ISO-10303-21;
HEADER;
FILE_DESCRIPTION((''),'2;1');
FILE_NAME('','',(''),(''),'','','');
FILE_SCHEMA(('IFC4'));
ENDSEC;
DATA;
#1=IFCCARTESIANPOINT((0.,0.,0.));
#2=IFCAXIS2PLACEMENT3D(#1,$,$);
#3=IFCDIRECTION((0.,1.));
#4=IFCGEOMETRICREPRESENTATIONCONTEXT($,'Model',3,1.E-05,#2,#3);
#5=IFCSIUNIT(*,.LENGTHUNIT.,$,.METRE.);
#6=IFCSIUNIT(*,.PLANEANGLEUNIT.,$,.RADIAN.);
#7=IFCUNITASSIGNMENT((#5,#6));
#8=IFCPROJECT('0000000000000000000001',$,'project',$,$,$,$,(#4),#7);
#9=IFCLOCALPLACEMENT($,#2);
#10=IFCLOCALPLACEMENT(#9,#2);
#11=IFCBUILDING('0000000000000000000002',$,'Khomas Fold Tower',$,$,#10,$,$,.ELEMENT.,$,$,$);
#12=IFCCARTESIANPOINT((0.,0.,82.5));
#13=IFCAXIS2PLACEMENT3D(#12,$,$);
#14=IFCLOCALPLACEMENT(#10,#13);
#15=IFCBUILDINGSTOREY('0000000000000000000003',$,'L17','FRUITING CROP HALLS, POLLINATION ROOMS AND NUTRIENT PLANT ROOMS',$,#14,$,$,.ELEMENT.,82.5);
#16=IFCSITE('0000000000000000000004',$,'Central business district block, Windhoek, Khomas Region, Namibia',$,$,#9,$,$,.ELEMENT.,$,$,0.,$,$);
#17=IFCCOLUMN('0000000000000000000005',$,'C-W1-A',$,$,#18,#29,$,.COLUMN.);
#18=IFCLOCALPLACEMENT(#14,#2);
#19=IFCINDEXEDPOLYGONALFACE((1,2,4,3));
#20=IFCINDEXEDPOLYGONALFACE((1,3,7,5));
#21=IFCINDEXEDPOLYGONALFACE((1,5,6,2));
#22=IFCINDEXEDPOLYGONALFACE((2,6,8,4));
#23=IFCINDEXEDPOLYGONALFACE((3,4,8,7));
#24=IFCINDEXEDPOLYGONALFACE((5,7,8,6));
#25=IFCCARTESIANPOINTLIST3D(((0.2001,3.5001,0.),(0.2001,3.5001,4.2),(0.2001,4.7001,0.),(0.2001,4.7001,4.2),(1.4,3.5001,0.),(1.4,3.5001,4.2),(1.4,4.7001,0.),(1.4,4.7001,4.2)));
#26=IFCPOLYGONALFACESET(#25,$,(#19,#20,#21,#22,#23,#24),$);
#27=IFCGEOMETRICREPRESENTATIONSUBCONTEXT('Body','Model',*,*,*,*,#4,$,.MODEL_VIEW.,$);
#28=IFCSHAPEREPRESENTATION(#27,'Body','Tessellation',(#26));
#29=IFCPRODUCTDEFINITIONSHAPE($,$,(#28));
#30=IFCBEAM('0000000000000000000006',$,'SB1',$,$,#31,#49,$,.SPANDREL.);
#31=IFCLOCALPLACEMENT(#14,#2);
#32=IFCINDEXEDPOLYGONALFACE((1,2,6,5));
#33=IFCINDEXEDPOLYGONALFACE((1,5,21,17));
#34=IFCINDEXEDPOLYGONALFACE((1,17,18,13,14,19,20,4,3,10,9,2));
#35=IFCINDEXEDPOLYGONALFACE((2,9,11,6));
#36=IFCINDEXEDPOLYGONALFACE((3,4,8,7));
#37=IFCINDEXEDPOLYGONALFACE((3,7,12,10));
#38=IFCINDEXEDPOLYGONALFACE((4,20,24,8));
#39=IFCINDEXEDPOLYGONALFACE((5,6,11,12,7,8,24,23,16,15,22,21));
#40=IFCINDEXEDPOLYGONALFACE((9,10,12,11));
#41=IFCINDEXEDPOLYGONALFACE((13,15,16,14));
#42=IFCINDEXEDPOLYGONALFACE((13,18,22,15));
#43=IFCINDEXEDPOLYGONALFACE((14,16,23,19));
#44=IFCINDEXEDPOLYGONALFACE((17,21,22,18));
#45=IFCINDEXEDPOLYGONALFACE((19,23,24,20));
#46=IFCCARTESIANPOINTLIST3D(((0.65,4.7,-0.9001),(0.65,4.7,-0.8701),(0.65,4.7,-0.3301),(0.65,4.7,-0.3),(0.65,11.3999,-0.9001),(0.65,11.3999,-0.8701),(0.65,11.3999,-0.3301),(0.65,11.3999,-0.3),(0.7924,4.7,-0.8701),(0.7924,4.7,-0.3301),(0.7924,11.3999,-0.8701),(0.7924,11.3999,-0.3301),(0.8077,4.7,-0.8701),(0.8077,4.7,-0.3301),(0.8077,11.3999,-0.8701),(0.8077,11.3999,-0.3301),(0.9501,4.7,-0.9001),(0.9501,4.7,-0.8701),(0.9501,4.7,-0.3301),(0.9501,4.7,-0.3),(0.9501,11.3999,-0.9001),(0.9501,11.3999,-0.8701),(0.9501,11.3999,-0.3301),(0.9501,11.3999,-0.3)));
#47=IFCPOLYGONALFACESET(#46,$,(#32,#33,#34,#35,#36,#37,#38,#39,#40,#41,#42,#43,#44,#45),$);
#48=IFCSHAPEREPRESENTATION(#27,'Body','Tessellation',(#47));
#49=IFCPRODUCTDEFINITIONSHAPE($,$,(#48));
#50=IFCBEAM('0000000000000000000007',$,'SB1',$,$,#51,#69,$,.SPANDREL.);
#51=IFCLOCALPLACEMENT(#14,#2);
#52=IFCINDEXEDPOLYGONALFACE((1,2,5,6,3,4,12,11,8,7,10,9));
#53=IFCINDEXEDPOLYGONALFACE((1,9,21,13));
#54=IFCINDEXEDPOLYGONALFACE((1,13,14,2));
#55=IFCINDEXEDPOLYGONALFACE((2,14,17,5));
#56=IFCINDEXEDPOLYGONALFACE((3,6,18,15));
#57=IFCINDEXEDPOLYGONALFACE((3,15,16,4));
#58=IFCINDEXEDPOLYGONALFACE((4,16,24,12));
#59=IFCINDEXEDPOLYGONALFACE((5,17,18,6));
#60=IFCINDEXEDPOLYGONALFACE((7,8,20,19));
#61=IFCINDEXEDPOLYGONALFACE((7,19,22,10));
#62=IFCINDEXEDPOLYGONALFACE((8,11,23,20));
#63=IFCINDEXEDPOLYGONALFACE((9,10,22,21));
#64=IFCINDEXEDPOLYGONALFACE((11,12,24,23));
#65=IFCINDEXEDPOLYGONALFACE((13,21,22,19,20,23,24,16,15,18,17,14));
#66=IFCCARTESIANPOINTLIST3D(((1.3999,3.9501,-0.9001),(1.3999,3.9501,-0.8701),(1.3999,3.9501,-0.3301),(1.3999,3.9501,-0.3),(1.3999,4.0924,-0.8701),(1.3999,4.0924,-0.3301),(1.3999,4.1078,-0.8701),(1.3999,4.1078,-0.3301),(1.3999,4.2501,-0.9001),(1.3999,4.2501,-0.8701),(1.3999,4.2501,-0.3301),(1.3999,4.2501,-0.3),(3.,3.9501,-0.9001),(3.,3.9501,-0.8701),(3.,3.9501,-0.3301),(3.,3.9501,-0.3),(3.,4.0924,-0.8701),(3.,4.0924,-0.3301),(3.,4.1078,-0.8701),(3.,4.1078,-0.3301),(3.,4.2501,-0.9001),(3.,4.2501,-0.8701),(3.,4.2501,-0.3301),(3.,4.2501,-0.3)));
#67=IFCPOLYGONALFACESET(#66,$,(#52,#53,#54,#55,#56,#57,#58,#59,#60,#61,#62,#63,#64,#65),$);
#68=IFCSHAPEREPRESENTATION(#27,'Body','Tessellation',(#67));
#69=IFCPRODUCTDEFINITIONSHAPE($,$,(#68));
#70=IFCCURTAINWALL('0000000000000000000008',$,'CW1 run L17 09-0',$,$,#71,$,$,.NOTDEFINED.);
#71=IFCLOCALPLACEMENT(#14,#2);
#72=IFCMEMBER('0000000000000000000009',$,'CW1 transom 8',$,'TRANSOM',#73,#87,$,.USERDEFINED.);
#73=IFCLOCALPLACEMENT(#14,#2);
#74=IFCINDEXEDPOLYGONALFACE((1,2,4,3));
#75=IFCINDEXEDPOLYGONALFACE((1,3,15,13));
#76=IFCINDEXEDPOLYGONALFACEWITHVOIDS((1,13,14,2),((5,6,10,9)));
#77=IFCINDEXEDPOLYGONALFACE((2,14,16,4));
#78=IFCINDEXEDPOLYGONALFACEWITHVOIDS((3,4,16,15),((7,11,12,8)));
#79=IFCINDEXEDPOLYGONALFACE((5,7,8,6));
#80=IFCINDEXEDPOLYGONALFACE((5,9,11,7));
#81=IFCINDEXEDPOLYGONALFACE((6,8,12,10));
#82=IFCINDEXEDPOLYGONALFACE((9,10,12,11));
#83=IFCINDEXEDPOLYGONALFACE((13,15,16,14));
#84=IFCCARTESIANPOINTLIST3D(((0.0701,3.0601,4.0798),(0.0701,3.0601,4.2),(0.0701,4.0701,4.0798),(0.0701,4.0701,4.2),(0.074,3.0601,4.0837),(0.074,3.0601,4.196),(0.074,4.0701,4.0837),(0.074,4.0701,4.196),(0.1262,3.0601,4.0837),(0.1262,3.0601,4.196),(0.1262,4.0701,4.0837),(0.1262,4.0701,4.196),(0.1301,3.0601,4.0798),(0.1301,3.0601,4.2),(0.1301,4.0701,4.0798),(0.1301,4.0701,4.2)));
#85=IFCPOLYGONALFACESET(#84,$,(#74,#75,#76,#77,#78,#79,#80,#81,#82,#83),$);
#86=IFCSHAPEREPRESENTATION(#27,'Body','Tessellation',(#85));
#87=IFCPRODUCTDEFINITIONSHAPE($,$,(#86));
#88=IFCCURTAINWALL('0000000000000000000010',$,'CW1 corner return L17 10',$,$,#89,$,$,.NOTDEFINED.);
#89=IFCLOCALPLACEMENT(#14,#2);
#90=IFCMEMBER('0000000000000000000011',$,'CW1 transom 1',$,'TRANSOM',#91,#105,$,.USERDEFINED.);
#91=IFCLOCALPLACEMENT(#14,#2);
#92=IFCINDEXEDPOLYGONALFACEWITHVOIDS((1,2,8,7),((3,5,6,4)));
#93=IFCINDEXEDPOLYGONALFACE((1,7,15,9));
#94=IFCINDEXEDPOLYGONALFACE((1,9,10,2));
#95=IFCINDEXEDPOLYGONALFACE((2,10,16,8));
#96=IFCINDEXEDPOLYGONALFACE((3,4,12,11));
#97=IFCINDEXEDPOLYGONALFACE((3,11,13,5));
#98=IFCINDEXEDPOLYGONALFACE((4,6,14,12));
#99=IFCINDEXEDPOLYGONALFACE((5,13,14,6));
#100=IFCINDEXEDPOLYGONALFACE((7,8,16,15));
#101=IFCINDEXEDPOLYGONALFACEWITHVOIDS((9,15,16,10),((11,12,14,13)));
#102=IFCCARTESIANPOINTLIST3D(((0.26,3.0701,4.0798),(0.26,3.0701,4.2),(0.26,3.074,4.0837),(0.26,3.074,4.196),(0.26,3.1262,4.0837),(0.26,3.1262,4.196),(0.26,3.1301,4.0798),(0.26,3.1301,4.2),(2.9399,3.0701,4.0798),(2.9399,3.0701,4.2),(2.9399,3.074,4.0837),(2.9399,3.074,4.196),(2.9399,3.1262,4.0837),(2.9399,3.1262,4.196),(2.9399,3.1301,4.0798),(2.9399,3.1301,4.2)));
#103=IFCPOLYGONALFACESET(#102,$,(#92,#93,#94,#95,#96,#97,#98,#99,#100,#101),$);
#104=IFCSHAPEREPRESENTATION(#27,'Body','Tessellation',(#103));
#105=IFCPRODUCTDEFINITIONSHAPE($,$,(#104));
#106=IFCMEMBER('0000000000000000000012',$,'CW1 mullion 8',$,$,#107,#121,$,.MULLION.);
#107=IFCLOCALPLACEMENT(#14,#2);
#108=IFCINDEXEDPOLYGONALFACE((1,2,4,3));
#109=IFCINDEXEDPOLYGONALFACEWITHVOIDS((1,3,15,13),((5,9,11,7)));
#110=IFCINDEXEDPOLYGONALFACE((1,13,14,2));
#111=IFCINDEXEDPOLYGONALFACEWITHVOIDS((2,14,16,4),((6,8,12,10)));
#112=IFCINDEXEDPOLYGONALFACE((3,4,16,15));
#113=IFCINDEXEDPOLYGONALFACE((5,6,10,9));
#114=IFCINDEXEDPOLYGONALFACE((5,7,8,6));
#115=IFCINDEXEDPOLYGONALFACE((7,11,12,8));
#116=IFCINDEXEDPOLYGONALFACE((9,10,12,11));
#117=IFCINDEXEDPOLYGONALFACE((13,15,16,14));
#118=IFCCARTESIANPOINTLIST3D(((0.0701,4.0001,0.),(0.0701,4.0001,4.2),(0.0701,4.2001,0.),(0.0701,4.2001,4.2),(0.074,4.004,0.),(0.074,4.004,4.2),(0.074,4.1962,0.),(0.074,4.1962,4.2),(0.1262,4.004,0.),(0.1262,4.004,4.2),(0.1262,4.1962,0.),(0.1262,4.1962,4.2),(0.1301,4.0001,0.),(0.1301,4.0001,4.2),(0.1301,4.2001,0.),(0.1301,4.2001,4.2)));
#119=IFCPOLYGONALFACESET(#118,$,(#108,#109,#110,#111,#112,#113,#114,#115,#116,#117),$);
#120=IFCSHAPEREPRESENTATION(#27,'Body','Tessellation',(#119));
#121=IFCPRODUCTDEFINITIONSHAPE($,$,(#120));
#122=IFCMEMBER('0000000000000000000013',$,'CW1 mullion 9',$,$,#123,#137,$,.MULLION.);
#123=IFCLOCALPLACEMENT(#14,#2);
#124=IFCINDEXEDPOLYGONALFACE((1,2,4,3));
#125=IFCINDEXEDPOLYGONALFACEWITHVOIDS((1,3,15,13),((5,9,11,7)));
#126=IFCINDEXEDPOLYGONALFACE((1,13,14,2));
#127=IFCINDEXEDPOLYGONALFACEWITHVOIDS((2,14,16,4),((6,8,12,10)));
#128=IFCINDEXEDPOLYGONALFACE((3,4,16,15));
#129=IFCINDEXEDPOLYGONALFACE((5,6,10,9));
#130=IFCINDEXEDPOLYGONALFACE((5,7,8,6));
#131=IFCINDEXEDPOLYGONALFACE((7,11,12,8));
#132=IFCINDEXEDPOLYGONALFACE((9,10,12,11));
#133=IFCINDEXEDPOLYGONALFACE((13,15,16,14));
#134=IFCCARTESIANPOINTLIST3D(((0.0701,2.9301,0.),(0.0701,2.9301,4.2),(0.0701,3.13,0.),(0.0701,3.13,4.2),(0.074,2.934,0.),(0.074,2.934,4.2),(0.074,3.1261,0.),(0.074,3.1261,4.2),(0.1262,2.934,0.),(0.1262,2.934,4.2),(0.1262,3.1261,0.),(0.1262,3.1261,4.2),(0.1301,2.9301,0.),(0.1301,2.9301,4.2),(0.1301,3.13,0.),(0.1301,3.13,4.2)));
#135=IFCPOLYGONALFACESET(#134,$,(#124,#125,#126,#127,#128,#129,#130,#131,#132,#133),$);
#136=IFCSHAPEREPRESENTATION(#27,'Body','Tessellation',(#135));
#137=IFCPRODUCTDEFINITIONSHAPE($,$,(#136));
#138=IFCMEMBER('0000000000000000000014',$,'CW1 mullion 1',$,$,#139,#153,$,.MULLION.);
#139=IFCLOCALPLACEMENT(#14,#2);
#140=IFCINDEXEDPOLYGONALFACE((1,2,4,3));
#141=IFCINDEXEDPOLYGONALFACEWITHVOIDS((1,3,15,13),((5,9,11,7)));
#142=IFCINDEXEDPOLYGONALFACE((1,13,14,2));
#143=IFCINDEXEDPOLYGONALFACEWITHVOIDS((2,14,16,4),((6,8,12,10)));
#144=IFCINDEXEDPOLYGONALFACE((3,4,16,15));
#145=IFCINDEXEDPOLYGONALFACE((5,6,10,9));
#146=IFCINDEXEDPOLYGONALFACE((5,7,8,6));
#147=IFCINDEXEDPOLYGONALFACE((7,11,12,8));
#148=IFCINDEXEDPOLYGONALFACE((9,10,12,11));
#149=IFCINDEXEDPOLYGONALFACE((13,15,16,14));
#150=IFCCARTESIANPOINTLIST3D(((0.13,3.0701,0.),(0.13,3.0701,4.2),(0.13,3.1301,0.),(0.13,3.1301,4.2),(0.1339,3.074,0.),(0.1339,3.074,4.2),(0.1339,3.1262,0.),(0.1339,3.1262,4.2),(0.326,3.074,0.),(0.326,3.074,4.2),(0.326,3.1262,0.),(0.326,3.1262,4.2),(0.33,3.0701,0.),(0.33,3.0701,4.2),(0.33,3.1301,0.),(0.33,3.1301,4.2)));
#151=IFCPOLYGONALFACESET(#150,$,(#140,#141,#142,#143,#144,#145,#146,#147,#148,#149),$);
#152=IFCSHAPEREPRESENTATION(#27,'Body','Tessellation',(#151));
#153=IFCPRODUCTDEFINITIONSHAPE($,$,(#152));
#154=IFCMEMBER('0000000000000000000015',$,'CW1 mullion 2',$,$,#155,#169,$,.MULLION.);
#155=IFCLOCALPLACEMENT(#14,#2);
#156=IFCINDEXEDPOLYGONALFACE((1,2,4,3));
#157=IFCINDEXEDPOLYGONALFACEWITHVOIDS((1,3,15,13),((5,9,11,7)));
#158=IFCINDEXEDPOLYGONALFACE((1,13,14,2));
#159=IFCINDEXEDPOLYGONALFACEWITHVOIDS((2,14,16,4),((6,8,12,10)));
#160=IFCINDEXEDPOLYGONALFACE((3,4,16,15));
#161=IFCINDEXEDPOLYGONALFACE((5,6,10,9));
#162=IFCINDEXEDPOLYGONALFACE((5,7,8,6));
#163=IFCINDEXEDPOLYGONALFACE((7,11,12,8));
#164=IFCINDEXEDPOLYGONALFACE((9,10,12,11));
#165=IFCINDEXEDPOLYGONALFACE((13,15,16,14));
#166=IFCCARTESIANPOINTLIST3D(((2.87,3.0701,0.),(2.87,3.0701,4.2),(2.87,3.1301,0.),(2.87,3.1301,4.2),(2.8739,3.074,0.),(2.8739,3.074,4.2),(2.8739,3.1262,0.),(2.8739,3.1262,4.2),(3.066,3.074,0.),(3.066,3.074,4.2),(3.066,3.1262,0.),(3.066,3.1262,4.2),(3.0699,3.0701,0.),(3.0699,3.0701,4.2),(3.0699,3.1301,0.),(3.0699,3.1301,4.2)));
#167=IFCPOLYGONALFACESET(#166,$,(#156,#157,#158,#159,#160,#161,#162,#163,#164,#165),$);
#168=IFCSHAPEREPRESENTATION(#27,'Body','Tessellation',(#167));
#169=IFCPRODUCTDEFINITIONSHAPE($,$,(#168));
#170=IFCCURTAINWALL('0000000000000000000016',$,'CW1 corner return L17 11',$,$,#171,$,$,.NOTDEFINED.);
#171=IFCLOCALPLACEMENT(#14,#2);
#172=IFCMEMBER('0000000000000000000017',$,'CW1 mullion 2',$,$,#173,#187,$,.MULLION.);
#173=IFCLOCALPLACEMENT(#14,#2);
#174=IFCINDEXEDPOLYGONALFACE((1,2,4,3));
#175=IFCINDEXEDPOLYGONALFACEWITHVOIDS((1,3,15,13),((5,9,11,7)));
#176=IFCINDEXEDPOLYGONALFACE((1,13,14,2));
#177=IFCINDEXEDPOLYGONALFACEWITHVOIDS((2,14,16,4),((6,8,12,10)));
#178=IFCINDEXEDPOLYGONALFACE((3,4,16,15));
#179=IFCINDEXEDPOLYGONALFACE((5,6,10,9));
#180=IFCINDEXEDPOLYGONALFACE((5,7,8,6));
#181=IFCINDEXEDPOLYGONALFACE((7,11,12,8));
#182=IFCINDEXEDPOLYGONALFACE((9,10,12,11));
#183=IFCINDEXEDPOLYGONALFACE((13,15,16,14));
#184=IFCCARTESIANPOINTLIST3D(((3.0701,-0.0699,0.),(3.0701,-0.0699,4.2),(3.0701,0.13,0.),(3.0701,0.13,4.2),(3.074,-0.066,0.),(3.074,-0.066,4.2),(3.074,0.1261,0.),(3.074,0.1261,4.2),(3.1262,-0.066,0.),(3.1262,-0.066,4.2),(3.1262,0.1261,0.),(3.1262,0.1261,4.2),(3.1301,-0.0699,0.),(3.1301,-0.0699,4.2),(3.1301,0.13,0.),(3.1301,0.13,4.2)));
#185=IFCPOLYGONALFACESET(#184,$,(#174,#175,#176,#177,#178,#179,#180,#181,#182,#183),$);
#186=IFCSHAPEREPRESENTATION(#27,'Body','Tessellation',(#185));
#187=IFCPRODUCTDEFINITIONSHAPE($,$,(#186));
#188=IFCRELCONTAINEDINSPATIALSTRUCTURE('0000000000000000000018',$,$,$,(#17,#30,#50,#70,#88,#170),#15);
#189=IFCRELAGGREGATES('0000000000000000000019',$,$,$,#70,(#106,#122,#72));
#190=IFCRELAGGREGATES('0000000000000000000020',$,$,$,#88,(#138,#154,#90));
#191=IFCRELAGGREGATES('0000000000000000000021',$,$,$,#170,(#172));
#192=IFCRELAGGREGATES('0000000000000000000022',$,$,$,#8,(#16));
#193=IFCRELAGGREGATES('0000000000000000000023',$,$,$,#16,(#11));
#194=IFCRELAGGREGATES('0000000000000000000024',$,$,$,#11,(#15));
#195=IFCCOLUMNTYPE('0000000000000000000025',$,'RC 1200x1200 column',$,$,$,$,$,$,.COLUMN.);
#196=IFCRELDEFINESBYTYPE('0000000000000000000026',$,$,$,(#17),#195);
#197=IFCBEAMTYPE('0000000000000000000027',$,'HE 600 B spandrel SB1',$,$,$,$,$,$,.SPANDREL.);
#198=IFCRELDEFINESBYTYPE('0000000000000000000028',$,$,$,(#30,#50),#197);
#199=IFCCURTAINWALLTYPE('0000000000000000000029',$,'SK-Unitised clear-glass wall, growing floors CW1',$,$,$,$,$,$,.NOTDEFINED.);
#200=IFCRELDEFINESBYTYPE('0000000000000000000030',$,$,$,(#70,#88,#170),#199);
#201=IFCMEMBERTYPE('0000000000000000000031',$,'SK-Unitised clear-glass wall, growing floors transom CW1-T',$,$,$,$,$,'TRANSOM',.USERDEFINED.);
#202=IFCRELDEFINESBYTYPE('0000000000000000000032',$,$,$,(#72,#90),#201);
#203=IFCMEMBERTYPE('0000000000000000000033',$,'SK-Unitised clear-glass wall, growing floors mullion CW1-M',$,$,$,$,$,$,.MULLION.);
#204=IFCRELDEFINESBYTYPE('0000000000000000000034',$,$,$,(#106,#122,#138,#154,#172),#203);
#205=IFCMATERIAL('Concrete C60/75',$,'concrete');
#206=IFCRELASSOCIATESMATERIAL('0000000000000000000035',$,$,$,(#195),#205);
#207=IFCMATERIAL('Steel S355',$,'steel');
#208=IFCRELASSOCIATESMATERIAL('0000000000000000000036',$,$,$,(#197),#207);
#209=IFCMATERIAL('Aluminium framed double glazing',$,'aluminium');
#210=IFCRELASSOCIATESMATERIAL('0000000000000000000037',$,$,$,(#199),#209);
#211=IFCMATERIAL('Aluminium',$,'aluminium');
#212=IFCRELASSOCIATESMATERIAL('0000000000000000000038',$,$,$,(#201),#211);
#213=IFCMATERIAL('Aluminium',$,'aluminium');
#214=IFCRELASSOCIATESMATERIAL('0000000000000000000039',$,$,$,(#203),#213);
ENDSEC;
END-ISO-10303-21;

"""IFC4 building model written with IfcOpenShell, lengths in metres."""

from ifc_helpers import new_model, si_unit, direction, frame, origin, origin_2d, place, context, subcontext, project, spatial, rectangle, hollow_rectangle, i_section, extrude, source, transform, mapped, material, material_profile, profile_set, type_object, element, aggregate, save


model = new_model("IFC4")

# Units and contexts
model_context = context("Model", 3, precision=1e-05, world=origin(), true_north=direction((0.0, 1.0)))
body_context = subcontext(model_context, "Body", "Model", "MODEL_VIEW")
ifc_project = project(units=[si_unit("LENGTHUNIT", "METRE"), si_unit("PLANEANGLEUNIT", "RADIAN")], contexts=[model_context])

# Site, building, storey
site_placement = place(None, origin())
site = spatial("IfcSite", under=ifc_project, at=site_placement, Name="Central business district block, Windhoek, Khomas Region, Namibia", CompositionType="ELEMENT", RefElevation=0.0)
building_placement = place(site_placement, origin())
building = spatial("IfcBuilding", under=site, at=building_placement, Name="Khomas Fold Tower", CompositionType="ELEMENT")
storey_placement = place(building_placement, frame((0.0, 0.0, 82.5)))
storey = spatial("IfcBuildingStorey", under=building, at=storey_placement, Name="L17", Description="FRUITING CROP HALLS, POLLINATION ROOMS AND NUTRIENT PLANT ROOMS", CompositionType="ELEMENT", Elevation=82.5)

# Column
ifc_material_1 = material(Name="Concrete C60/75", Category="concrete")
ifc_material_profile_1 = material_profile(ifc_material_1, rectangle(XDim=1.2, YDim=1.2, at=origin_2d()), Name="RC 1200x1200")
ifc_profile_set_1 = profile_set([ifc_material_profile_1], Name="Concrete C60/75")
column_type = type_object("IfcColumnType", Name="RC 1200x1200 column", PredefinedType="COLUMN", material=ifc_profile_set_1)
shared_shape_1 = source(origin(), body_context, "Body", "SweptSolid", [
    extrude(rectangle(XDim=1.2, YDim=1.2, at=origin_2d()), origin(), (0.0, 0.0, 1.0), 4.2),
])
column_placement = place(storey_placement, frame((0.8, 4.1001, 0.0), z_axis=(0.0, 0.0, 1.0), x_axis=(1.0, 0.0, 0.0)))
element("IfcColumn", 1, at=column_placement, inside=storey, type_object=column_type, Name="C-W1-A", PredefinedType="COLUMN", context=body_context, shape_type="MappedRepresentation", body=[
    mapped(shared_shape_1, transform((0.0, 0.0, 0.0))),
])

# Beams
ifc_material_2 = material(Name="Steel S355", Category="steel")
ifc_material_profile_2 = material_profile(ifc_material_2, i_section(OverallWidth=0.3, OverallDepth=0.6001, WebThickness=0.0154, FlangeThickness=0.03, at=origin_2d()), Name="HE 600 B")
ifc_profile_set_2 = profile_set([ifc_material_profile_2], Name="Steel S355")
beam_type = type_object("IfcBeamType", Name="HE 600 B spandrel SB1", PredefinedType="SPANDREL", material=ifc_profile_set_2)
shared_shape_2 = source(origin(), body_context, "Body", "SweptSolid", [
    extrude(i_section(OverallWidth=0.3, OverallDepth=0.6001, WebThickness=0.0154, FlangeThickness=0.03, at=origin_2d()), origin(), (0.0, 0.0, 1.0), 6.7),
])
beam_1_placement = place(storey_placement, frame((0.8, 4.7, -0.6001), z_axis=(0.0, 1.0, 0.0), x_axis=(-1.0, 0.0, 0.0)))
element("IfcBeam", 2, at=beam_1_placement, inside=storey, type_object=beam_type, Name="SB1", PredefinedType="SPANDREL", context=body_context, shape_type="MappedRepresentation", body=[
    mapped(shared_shape_2, transform((0.0, 0.0, 0.0))),
])
shared_shape_3 = source(origin(), body_context, "Body", "SweptSolid", [
    extrude(i_section(OverallWidth=0.3, OverallDepth=0.6001, WebThickness=0.0154, FlangeThickness=0.03, at=origin_2d()), origin(), (0.0, 0.0, 1.0), 1.6001),
])
beam_2_placement = place(storey_placement, frame((1.3999, 4.1001, -0.6001), z_axis=(1.0, 0.0, 0.0), x_axis=(0.0, 1.0, 0.0)))
element("IfcBeam", 3, at=beam_2_placement, inside=storey, type_object=beam_type, Name="SB1", PredefinedType="SPANDREL", context=body_context, shape_type="MappedRepresentation", body=[
    mapped(shared_shape_3, transform((0.0, 0.0, 0.0))),
])

# Curtain walls, members
ifc_material_3 = material(Name="Aluminium framed double glazing", Category="aluminium")
curtain_wall_type = type_object("IfcCurtainWallType", Name="SK-Unitised clear-glass wall, growing floors CW1", PredefinedType="NOTDEFINED", material=ifc_material_3)
curtain_wall_1_placement = place(storey_placement, origin())
curtain_wall_1 = element("IfcCurtainWall", 4, at=curtain_wall_1_placement, inside=storey, type_object=curtain_wall_type, Name="CW1 run L17 09-0", PredefinedType="NOTDEFINED")
ifc_material_4 = material(Name="Aluminium", Category="aluminium")
ifc_material_profile_3 = material_profile(ifc_material_4, hollow_rectangle(XDim=0.0601, YDim=0.1201, WallThickness=0.0039, at=origin_2d()), Name="SK-Unitised clear-glass wall, growing floors transom CW1-T")
ifc_profile_set_3 = profile_set([ifc_material_profile_3], Name="Aluminium")
member_type_1 = type_object("IfcMemberType", Name="SK-Unitised clear-glass wall, growing floors transom CW1-T", ElementType="TRANSOM", PredefinedType="USERDEFINED", material=ifc_profile_set_3)
shared_shape_4 = source(origin(), body_context, "Body", "SweptSolid", [
    extrude(hollow_rectangle(XDim=0.0601, YDim=0.1201, WallThickness=0.0039, at=origin_2d()), origin(), (0.0, 0.0, 1.0), 1.01),
])
member_1_placement = place(storey_placement, frame((0.1001, 4.0701, 4.1399), z_axis=(0.0, -1.0, 0.0), x_axis=(1.0, 0.0, 0.0)))
member_1 = element("IfcMember", 5, at=member_1_placement, type_object=member_type_1, Name="CW1 transom 8", ObjectType="TRANSOM", PredefinedType="USERDEFINED", context=body_context, shape_type="MappedRepresentation", body=[
    mapped(shared_shape_4, transform((0.0, 0.0, 0.0))),
])
curtain_wall_2_placement = place(storey_placement, origin())
curtain_wall_2 = element("IfcCurtainWall", 6, at=curtain_wall_2_placement, inside=storey, type_object=curtain_wall_type, Name="CW1 corner return L17 10", PredefinedType="NOTDEFINED")
shared_shape_5 = source(origin(), body_context, "Body", "SweptSolid", [
    extrude(hollow_rectangle(XDim=0.0601, YDim=0.1201, WallThickness=0.0039, at=origin_2d()), origin(), (0.0, 0.0, 1.0), 2.6799),
])
member_2_placement = place(storey_placement, frame((0.26, 3.1001, 4.1399), z_axis=(1.0, 0.0, 0.0), x_axis=(0.0, 1.0, 0.0)))
member_2 = element("IfcMember", 7, at=member_2_placement, type_object=member_type_1, Name="CW1 transom 1", ObjectType="TRANSOM", PredefinedType="USERDEFINED", context=body_context, shape_type="MappedRepresentation", body=[
    mapped(shared_shape_5, transform((0.0, 0.0, 0.0))),
])

# Members
ifc_material_5 = material(Name="Aluminium", Category="aluminium")
ifc_material_profile_4 = material_profile(ifc_material_5, hollow_rectangle(XDim=0.0601, YDim=0.2, WallThickness=0.0039, at=origin_2d()), Name="SK-Unitised clear-glass wall, growing floors mullion CW1-M")
ifc_profile_set_4 = profile_set([ifc_material_profile_4], Name="Aluminium")
member_type_2 = type_object("IfcMemberType", Name="SK-Unitised clear-glass wall, growing floors mullion CW1-M", PredefinedType="MULLION", material=ifc_profile_set_4)
shared_shape_6 = source(origin(), body_context, "Body", "SweptSolid", [
    extrude(hollow_rectangle(XDim=0.0601, YDim=0.2, WallThickness=0.0039, at=origin_2d()), origin(), (0.0, 0.0, 1.0), 4.2),
])
member_3_placement = place(storey_placement, frame((0.1001, 4.1001, 0.0), z_axis=(0.0, 0.0, 1.0), x_axis=(1.0, 0.0, 0.0)))
member_3 = element("IfcMember", 8, at=member_3_placement, type_object=member_type_2, Name="CW1 mullion 8", PredefinedType="MULLION", context=body_context, shape_type="MappedRepresentation", body=[
    mapped(shared_shape_6, transform((0.0, 0.0, 0.0))),
])
member_4_placement = place(storey_placement, frame((0.1001, 3.03, 0.0), z_axis=(0.0, 0.0, 1.0), x_axis=(1.0, 0.0, 0.0)))
member_4 = element("IfcMember", 9, at=member_4_placement, type_object=member_type_2, Name="CW1 mullion 9", PredefinedType="MULLION", context=body_context, shape_type="MappedRepresentation", body=[
    mapped(shared_shape_6, transform((0.0, 0.0, 0.0))),
])
member_5_placement = place(storey_placement, frame((0.23, 3.1001, 0.0), z_axis=(0.0, 0.0, 1.0), x_axis=(0.0, 1.0, 0.0)))
member_5 = element("IfcMember", 10, at=member_5_placement, type_object=member_type_2, Name="CW1 mullion 1", PredefinedType="MULLION", context=body_context, shape_type="MappedRepresentation", body=[
    mapped(shared_shape_6, transform((0.0, 0.0, 0.0))),
])
member_6_placement = place(storey_placement, frame((2.97, 3.1001, 0.0), z_axis=(0.0, 0.0, 1.0), x_axis=(0.0, 1.0, 0.0)))
member_6 = element("IfcMember", 11, at=member_6_placement, type_object=member_type_2, Name="CW1 mullion 2", PredefinedType="MULLION", context=body_context, shape_type="MappedRepresentation", body=[
    mapped(shared_shape_6, transform((0.0, 0.0, 0.0))),
])

# Curtain wall, member
curtain_wall_3_placement = place(storey_placement, origin())
curtain_wall_3 = element("IfcCurtainWall", 12, at=curtain_wall_3_placement, inside=storey, type_object=curtain_wall_type, Name="CW1 corner return L17 11", PredefinedType="NOTDEFINED")
member_7_placement = place(storey_placement, frame((3.1001, 0.03, 0.0), z_axis=(0.0, 0.0, 1.0), x_axis=(1.0, 0.0, 0.0)))
member_7 = element("IfcMember", 13, at=member_7_placement, type_object=member_type_2, Name="CW1 mullion 2", PredefinedType="MULLION", context=body_context, shape_type="MappedRepresentation", body=[
    mapped(shared_shape_6, transform((0.0, 0.0, 0.0))),
])

aggregate(curtain_wall_1, [member_3, member_4, member_1])
aggregate(curtain_wall_2, [member_5, member_6, member_2])
aggregate(curtain_wall_3, [member_7])

save(model, "model.ifc")
